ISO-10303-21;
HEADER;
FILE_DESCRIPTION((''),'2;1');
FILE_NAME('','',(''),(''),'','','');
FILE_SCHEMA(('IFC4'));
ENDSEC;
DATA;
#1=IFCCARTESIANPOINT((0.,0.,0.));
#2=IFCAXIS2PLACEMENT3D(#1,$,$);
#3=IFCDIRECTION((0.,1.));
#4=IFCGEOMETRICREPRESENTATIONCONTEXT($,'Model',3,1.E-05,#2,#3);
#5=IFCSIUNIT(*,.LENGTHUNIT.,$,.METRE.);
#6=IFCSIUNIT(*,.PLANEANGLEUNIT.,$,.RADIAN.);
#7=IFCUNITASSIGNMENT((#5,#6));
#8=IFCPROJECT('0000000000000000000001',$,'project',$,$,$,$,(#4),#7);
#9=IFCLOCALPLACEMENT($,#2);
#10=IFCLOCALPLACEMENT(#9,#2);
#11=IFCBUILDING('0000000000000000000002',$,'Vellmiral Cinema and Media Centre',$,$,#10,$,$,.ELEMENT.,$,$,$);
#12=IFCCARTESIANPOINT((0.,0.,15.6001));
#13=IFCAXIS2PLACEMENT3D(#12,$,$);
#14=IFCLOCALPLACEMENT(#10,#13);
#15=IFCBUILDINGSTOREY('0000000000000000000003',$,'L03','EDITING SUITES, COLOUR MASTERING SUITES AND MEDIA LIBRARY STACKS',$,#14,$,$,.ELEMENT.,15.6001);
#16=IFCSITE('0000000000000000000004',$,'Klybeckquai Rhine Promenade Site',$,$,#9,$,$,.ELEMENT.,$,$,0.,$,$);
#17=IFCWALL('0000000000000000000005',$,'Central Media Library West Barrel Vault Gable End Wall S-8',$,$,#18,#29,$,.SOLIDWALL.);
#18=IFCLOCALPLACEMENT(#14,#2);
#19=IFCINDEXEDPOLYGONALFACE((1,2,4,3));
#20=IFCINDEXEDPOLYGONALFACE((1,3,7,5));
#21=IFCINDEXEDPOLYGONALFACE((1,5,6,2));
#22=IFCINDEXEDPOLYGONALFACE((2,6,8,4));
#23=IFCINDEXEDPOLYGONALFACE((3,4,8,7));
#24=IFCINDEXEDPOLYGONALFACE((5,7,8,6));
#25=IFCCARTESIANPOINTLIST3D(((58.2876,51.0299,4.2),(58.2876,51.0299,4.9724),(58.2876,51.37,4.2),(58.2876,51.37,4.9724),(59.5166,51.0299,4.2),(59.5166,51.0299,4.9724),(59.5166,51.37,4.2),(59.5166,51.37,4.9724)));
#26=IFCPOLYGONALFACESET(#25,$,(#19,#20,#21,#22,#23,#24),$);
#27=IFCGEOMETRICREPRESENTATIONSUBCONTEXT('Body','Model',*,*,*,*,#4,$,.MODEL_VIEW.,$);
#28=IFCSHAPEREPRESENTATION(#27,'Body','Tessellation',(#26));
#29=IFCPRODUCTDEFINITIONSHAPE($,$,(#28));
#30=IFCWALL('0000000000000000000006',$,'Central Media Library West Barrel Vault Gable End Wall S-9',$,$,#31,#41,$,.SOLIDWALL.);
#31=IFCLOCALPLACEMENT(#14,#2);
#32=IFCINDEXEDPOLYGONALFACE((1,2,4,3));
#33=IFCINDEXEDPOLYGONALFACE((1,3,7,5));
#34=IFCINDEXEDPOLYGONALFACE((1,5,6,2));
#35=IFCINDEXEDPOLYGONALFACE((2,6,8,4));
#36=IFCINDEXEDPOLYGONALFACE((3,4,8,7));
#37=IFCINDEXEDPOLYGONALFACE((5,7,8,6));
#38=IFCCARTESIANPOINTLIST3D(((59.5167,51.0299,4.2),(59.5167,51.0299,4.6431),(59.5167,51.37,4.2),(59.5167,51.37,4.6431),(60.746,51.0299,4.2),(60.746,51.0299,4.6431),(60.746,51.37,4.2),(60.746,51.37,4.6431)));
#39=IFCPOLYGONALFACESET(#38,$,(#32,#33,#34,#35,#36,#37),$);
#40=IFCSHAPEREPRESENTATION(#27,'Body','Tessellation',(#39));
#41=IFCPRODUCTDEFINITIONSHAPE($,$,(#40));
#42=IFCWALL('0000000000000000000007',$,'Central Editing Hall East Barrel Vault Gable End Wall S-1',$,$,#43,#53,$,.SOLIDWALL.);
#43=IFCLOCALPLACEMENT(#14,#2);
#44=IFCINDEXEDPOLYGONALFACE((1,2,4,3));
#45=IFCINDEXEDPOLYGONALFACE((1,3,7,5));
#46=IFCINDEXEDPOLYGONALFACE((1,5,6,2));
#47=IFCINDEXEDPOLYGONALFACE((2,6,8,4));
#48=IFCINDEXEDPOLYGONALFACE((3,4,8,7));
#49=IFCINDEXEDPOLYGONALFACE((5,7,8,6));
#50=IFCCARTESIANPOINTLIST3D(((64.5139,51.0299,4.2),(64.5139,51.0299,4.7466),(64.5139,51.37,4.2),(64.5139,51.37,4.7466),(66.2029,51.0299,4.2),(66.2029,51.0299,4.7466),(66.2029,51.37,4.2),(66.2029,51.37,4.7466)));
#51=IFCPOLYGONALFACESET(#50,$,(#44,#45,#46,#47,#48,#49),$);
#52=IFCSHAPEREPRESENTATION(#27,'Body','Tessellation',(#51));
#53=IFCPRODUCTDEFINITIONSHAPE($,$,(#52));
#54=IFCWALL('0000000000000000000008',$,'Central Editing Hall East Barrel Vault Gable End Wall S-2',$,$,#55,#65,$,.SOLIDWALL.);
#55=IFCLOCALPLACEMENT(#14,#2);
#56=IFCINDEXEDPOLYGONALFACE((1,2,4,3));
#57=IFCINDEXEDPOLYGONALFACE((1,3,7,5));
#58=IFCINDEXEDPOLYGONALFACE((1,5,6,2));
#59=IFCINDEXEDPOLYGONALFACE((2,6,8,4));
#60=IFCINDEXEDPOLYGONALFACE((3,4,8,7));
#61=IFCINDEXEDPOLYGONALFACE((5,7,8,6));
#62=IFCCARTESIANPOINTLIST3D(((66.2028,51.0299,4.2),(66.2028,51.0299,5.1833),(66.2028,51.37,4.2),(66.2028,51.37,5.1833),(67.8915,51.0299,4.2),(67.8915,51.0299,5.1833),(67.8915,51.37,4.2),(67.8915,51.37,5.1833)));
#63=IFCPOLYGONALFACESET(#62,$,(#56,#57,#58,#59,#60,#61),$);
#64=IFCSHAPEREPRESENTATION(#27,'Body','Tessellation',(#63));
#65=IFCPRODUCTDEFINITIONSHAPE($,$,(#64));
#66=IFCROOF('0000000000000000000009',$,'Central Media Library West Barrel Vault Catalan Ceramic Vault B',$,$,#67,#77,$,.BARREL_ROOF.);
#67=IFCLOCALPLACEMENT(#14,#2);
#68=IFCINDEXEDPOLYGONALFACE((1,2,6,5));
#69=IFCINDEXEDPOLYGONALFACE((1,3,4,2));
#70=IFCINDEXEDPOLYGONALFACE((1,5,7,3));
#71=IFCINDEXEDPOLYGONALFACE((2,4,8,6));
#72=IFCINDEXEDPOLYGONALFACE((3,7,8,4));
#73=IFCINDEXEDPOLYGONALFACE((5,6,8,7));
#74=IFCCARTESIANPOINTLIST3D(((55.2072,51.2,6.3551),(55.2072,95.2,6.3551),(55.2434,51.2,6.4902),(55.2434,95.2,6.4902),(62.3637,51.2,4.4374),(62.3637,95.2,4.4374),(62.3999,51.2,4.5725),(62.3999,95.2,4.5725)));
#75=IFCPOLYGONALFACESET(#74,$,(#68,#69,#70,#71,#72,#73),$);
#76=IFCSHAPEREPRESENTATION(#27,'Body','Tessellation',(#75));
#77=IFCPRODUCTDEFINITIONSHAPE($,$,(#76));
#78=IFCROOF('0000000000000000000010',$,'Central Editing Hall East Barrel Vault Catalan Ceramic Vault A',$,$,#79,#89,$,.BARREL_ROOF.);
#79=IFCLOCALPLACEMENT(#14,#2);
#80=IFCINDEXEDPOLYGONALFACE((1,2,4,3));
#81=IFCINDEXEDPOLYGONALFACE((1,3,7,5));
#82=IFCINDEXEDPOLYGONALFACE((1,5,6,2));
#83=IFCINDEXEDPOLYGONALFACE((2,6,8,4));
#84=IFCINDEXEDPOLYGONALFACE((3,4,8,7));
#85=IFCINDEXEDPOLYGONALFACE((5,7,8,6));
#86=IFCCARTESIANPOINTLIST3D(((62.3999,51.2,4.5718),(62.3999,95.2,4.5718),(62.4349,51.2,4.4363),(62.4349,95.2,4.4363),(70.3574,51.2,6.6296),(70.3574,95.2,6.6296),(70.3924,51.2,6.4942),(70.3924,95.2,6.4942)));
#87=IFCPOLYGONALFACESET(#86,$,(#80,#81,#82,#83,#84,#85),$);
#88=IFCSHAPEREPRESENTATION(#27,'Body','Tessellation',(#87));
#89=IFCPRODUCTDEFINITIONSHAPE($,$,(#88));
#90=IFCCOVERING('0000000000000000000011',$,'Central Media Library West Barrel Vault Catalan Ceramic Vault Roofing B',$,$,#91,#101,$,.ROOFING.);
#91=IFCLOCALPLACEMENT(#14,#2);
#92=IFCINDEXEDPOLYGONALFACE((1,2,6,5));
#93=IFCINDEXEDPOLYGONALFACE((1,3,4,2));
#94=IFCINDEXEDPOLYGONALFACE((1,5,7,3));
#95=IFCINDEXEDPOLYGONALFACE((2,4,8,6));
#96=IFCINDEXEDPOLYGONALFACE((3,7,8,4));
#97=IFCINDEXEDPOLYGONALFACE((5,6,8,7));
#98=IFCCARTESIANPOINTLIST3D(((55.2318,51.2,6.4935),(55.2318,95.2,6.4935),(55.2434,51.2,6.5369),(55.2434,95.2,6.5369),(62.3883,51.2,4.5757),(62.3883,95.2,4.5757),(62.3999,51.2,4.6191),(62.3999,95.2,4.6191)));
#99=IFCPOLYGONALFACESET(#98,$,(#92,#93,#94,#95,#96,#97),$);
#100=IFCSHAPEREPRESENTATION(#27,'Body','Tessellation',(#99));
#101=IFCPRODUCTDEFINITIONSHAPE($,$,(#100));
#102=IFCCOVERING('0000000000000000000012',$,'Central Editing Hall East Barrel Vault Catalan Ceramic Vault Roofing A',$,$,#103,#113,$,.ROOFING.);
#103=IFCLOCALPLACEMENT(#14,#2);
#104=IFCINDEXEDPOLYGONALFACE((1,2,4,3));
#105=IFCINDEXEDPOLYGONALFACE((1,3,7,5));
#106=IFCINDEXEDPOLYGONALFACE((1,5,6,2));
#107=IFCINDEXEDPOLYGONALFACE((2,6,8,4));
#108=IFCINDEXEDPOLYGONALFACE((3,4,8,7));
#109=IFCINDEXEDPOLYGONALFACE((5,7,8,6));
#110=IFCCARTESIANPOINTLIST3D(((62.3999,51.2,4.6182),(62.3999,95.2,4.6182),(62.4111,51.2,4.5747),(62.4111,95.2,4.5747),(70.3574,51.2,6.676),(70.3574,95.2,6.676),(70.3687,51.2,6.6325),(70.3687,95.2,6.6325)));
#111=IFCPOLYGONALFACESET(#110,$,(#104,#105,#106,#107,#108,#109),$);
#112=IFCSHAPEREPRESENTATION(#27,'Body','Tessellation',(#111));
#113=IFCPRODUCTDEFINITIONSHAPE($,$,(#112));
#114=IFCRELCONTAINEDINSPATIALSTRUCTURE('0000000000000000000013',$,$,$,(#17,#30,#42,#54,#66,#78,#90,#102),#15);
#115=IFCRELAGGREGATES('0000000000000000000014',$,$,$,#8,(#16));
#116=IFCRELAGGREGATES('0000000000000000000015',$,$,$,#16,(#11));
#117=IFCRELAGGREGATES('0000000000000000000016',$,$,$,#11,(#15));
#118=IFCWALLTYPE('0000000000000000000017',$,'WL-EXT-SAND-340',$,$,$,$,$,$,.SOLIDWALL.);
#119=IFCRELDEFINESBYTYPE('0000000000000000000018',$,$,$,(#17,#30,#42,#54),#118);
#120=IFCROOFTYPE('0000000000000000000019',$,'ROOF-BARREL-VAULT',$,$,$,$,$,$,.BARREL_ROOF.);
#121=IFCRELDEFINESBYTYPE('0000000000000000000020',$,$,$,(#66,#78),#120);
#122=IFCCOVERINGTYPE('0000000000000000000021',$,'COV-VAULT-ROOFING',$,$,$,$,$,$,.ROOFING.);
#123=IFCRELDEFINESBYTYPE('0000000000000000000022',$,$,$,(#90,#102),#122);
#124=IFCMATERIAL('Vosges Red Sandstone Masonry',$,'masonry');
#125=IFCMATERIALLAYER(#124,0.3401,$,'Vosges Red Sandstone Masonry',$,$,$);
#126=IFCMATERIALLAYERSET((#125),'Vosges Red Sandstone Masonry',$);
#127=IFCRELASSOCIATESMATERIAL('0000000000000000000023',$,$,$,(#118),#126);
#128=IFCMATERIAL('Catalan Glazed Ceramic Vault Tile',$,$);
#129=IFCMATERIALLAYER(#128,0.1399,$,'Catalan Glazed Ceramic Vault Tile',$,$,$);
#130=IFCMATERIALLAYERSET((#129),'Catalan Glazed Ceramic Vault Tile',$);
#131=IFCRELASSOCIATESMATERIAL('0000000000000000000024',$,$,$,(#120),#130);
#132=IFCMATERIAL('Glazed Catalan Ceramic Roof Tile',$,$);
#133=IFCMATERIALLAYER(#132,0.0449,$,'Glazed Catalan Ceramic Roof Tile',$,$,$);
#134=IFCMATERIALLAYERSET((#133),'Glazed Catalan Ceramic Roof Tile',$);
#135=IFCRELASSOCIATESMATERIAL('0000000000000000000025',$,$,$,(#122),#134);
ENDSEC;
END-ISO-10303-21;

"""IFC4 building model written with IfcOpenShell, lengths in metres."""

from ifc_helpers import new_model, si_unit, direction, frame, frame_2d, origin, place, context, subcontext, project, spatial, polyline, rectangle, outline, extrude, material, layer, layer_set, type_object, element, save


model = new_model("IFC4")

# Units and contexts
model_context = context("Model", 3, precision=1e-05, world=origin(), true_north=direction((0.0, 1.0)))
body_context = subcontext(model_context, "Body", "Model", "MODEL_VIEW")
ifc_project = project(units=[si_unit("LENGTHUNIT", "METRE"), si_unit("PLANEANGLEUNIT", "RADIAN")], contexts=[model_context])

# Site, building, storey
site_placement = place(None, origin())
site = spatial("IfcSite", under=ifc_project, at=site_placement, Name="Klybeckquai Rhine Promenade Site", CompositionType="ELEMENT", RefElevation=0.0)
building_placement = place(site_placement, origin())
building = spatial("IfcBuilding", under=site, at=building_placement, Name="Vellmiral Cinema and Media Centre", CompositionType="ELEMENT")
storey_placement = place(building_placement, frame((0.0, 0.0, 15.6001)))
storey = spatial("IfcBuildingStorey", under=building, at=storey_placement, Name="L03", Description="EDITING SUITES, COLOUR MASTERING SUITES AND MEDIA LIBRARY STACKS", CompositionType="ELEMENT", Elevation=15.6001)

# Walls
ifc_material_1 = material(Name="Vosges Red Sandstone Masonry", Category="masonry")
ifc_layer_1 = layer(ifc_material_1, 0.3401, Name="Vosges Red Sandstone Masonry")
ifc_layer_set_1 = layer_set([ifc_layer_1], Name="Vosges Red Sandstone Masonry")
wall_type_1 = type_object("IfcWallType", Name="WL-EXT-SAND-340", PredefinedType="SOLIDWALL", material=ifc_layer_set_1)
wall_1_placement = place(storey_placement, frame((58.2876, 51.2, 4.2), z_axis=(0.0, 0.0, 1.0), x_axis=(1.0, 0.0, 0.0)))
element("IfcWall", 1, at=wall_1_placement, inside=storey, type_object=wall_type_1, Name="Central Media Library West Barrel Vault Gable End Wall S-8", PredefinedType="SOLIDWALL", context=body_context, shape_type="SweptSolid", body=[
    extrude(rectangle(XDim=1.229, YDim=0.3401, at=frame_2d((0.6145, 0.0))), origin(), (0.0, 0.0, 1.0), 0.7725),
])
wall_2_placement = place(storey_placement, frame((59.5166, 51.2, 4.2), z_axis=(0.0, 0.0, 1.0), x_axis=(1.0, 0.0, 0.0)))
element("IfcWall", 2, at=wall_2_placement, inside=storey, type_object=wall_type_1, Name="Central Media Library West Barrel Vault Gable End Wall S-9", PredefinedType="SOLIDWALL", context=body_context, shape_type="SweptSolid", body=[
    extrude(rectangle(XDim=1.2292, YDim=0.3401, at=frame_2d((0.6147, 0.0))), origin(), (0.0, 0.0, 1.0), 0.4431),
])
wall_3_placement = place(storey_placement, frame((64.5139, 51.2, 4.2), z_axis=(0.0, 0.0, 1.0), x_axis=(1.0, 0.0, 0.0)))
element("IfcWall", 3, at=wall_3_placement, inside=storey, type_object=wall_type_1, Name="Central Editing Hall East Barrel Vault Gable End Wall S-1", PredefinedType="SOLIDWALL", context=body_context, shape_type="SweptSolid", body=[
    extrude(rectangle(XDim=1.689, YDim=0.3401, at=frame_2d((0.8445, 0.0))), origin(), (0.0, 0.0, 1.0), 0.5466),
])
wall_4_placement = place(storey_placement, frame((66.2029, 51.2, 4.2), z_axis=(0.0, 0.0, 1.0), x_axis=(1.0, 0.0, 0.0)))
element("IfcWall", 4, at=wall_4_placement, inside=storey, type_object=wall_type_1, Name="Central Editing Hall East Barrel Vault Gable End Wall S-2", PredefinedType="SOLIDWALL", context=body_context, shape_type="SweptSolid", body=[
    extrude(rectangle(XDim=1.6887, YDim=0.3401, at=frame_2d((0.8442, 0.0))), origin(), (0.0, 0.0, 1.0), 0.9834),
])

# Roofs
ifc_material_2 = material(Name="Catalan Glazed Ceramic Vault Tile")
ifc_layer_2 = layer(ifc_material_2, 0.1399, Name="Catalan Glazed Ceramic Vault Tile")
ifc_layer_set_2 = layer_set([ifc_layer_2], Name="Catalan Glazed Ceramic Vault Tile")
roof_type = type_object("IfcRoofType", Name="ROOF-BARREL-VAULT", PredefinedType="BARREL_ROOF", material=ifc_layer_set_2)
roof_1_placement = place(storey_placement, frame((55.2434, 51.2, 6.4902), z_axis=(0.258838, 0.0, 0.965921), x_axis=(0.965921, 0.0, -0.258838)))
element("IfcRoof", 5, at=roof_1_placement, inside=storey, type_object=roof_type, Name="Central Media Library West Barrel Vault Catalan Ceramic Vault B", PredefinedType="BARREL_ROOF", context=body_context, shape_type="SweptSolid", body=[
    extrude(outline(polyline([(0.0, 0.0), (7.409, 0.0), (7.409, 44.0), (0.0, 44.0), (0.0, 0.0)])), origin(), (0.0, 0.0, -1.0), 0.1399),
])
roof_2_placement = place(storey_placement, frame((62.3999, 51.2, 4.5718), z_axis=(-0.250369, 0.0, 0.96815), x_axis=(0.96815, 0.0, 0.250369)))
element("IfcRoof", 6, at=roof_2_placement, inside=storey, type_object=roof_type, Name="Central Editing Hall East Barrel Vault Catalan Ceramic Vault A", PredefinedType="BARREL_ROOF", context=body_context, shape_type="SweptSolid", body=[
    extrude(outline(polyline([(0.0, 0.0), (8.2193, 0.0), (8.2193, 44.0), (0.0, 44.0), (0.0, 0.0)])), origin(), (0.0, 0.0, -1.0), 0.1399),
])

# Coverings
ifc_material_3 = material(Name="Glazed Catalan Ceramic Roof Tile")
ifc_layer_3 = layer(ifc_material_3, 0.0449, Name="Glazed Catalan Ceramic Roof Tile")
ifc_layer_set_3 = layer_set([ifc_layer_3], Name="Glazed Catalan Ceramic Roof Tile")
covering_type = type_object("IfcCoveringType", Name="COV-VAULT-ROOFING", PredefinedType="ROOFING", material=ifc_layer_set_3)
covering_1_placement = place(storey_placement, frame((55.2434, 51.2, 6.5369), z_axis=(0.258838, 0.0, 0.965921), x_axis=(0.965921, 0.0, -0.258838)))
element("IfcCovering", 7, at=covering_1_placement, inside=storey, type_object=covering_type, Name="Central Media Library West Barrel Vault Catalan Ceramic Vault Roofing B", PredefinedType="ROOFING", context=body_context, shape_type="SweptSolid", body=[
    extrude(outline(polyline([(0.0, 0.0), (7.409, 0.0), (7.409, 44.0), (0.0, 44.0), (0.0, 0.0)])), origin(), (0.0, 0.0, -1.0), 0.0449),
])
covering_2_placement = place(storey_placement, frame((62.3999, 51.2, 4.6182), z_axis=(-0.250369, 0.0, 0.96815), x_axis=(0.96815, 0.0, 0.250369)))
element("IfcCovering", 8, at=covering_2_placement, inside=storey, type_object=covering_type, Name="Central Editing Hall East Barrel Vault Catalan Ceramic Vault Roofing A", PredefinedType="ROOFING", context=body_context, shape_type="SweptSolid", body=[
    extrude(outline(polyline([(0.0, 0.0), (8.2193, 0.0), (8.2193, 44.0), (0.0, 44.0), (0.0, 0.0)])), origin(), (0.0, 0.0, -1.0), 0.0449),
])

save(model, "model.ifc")
